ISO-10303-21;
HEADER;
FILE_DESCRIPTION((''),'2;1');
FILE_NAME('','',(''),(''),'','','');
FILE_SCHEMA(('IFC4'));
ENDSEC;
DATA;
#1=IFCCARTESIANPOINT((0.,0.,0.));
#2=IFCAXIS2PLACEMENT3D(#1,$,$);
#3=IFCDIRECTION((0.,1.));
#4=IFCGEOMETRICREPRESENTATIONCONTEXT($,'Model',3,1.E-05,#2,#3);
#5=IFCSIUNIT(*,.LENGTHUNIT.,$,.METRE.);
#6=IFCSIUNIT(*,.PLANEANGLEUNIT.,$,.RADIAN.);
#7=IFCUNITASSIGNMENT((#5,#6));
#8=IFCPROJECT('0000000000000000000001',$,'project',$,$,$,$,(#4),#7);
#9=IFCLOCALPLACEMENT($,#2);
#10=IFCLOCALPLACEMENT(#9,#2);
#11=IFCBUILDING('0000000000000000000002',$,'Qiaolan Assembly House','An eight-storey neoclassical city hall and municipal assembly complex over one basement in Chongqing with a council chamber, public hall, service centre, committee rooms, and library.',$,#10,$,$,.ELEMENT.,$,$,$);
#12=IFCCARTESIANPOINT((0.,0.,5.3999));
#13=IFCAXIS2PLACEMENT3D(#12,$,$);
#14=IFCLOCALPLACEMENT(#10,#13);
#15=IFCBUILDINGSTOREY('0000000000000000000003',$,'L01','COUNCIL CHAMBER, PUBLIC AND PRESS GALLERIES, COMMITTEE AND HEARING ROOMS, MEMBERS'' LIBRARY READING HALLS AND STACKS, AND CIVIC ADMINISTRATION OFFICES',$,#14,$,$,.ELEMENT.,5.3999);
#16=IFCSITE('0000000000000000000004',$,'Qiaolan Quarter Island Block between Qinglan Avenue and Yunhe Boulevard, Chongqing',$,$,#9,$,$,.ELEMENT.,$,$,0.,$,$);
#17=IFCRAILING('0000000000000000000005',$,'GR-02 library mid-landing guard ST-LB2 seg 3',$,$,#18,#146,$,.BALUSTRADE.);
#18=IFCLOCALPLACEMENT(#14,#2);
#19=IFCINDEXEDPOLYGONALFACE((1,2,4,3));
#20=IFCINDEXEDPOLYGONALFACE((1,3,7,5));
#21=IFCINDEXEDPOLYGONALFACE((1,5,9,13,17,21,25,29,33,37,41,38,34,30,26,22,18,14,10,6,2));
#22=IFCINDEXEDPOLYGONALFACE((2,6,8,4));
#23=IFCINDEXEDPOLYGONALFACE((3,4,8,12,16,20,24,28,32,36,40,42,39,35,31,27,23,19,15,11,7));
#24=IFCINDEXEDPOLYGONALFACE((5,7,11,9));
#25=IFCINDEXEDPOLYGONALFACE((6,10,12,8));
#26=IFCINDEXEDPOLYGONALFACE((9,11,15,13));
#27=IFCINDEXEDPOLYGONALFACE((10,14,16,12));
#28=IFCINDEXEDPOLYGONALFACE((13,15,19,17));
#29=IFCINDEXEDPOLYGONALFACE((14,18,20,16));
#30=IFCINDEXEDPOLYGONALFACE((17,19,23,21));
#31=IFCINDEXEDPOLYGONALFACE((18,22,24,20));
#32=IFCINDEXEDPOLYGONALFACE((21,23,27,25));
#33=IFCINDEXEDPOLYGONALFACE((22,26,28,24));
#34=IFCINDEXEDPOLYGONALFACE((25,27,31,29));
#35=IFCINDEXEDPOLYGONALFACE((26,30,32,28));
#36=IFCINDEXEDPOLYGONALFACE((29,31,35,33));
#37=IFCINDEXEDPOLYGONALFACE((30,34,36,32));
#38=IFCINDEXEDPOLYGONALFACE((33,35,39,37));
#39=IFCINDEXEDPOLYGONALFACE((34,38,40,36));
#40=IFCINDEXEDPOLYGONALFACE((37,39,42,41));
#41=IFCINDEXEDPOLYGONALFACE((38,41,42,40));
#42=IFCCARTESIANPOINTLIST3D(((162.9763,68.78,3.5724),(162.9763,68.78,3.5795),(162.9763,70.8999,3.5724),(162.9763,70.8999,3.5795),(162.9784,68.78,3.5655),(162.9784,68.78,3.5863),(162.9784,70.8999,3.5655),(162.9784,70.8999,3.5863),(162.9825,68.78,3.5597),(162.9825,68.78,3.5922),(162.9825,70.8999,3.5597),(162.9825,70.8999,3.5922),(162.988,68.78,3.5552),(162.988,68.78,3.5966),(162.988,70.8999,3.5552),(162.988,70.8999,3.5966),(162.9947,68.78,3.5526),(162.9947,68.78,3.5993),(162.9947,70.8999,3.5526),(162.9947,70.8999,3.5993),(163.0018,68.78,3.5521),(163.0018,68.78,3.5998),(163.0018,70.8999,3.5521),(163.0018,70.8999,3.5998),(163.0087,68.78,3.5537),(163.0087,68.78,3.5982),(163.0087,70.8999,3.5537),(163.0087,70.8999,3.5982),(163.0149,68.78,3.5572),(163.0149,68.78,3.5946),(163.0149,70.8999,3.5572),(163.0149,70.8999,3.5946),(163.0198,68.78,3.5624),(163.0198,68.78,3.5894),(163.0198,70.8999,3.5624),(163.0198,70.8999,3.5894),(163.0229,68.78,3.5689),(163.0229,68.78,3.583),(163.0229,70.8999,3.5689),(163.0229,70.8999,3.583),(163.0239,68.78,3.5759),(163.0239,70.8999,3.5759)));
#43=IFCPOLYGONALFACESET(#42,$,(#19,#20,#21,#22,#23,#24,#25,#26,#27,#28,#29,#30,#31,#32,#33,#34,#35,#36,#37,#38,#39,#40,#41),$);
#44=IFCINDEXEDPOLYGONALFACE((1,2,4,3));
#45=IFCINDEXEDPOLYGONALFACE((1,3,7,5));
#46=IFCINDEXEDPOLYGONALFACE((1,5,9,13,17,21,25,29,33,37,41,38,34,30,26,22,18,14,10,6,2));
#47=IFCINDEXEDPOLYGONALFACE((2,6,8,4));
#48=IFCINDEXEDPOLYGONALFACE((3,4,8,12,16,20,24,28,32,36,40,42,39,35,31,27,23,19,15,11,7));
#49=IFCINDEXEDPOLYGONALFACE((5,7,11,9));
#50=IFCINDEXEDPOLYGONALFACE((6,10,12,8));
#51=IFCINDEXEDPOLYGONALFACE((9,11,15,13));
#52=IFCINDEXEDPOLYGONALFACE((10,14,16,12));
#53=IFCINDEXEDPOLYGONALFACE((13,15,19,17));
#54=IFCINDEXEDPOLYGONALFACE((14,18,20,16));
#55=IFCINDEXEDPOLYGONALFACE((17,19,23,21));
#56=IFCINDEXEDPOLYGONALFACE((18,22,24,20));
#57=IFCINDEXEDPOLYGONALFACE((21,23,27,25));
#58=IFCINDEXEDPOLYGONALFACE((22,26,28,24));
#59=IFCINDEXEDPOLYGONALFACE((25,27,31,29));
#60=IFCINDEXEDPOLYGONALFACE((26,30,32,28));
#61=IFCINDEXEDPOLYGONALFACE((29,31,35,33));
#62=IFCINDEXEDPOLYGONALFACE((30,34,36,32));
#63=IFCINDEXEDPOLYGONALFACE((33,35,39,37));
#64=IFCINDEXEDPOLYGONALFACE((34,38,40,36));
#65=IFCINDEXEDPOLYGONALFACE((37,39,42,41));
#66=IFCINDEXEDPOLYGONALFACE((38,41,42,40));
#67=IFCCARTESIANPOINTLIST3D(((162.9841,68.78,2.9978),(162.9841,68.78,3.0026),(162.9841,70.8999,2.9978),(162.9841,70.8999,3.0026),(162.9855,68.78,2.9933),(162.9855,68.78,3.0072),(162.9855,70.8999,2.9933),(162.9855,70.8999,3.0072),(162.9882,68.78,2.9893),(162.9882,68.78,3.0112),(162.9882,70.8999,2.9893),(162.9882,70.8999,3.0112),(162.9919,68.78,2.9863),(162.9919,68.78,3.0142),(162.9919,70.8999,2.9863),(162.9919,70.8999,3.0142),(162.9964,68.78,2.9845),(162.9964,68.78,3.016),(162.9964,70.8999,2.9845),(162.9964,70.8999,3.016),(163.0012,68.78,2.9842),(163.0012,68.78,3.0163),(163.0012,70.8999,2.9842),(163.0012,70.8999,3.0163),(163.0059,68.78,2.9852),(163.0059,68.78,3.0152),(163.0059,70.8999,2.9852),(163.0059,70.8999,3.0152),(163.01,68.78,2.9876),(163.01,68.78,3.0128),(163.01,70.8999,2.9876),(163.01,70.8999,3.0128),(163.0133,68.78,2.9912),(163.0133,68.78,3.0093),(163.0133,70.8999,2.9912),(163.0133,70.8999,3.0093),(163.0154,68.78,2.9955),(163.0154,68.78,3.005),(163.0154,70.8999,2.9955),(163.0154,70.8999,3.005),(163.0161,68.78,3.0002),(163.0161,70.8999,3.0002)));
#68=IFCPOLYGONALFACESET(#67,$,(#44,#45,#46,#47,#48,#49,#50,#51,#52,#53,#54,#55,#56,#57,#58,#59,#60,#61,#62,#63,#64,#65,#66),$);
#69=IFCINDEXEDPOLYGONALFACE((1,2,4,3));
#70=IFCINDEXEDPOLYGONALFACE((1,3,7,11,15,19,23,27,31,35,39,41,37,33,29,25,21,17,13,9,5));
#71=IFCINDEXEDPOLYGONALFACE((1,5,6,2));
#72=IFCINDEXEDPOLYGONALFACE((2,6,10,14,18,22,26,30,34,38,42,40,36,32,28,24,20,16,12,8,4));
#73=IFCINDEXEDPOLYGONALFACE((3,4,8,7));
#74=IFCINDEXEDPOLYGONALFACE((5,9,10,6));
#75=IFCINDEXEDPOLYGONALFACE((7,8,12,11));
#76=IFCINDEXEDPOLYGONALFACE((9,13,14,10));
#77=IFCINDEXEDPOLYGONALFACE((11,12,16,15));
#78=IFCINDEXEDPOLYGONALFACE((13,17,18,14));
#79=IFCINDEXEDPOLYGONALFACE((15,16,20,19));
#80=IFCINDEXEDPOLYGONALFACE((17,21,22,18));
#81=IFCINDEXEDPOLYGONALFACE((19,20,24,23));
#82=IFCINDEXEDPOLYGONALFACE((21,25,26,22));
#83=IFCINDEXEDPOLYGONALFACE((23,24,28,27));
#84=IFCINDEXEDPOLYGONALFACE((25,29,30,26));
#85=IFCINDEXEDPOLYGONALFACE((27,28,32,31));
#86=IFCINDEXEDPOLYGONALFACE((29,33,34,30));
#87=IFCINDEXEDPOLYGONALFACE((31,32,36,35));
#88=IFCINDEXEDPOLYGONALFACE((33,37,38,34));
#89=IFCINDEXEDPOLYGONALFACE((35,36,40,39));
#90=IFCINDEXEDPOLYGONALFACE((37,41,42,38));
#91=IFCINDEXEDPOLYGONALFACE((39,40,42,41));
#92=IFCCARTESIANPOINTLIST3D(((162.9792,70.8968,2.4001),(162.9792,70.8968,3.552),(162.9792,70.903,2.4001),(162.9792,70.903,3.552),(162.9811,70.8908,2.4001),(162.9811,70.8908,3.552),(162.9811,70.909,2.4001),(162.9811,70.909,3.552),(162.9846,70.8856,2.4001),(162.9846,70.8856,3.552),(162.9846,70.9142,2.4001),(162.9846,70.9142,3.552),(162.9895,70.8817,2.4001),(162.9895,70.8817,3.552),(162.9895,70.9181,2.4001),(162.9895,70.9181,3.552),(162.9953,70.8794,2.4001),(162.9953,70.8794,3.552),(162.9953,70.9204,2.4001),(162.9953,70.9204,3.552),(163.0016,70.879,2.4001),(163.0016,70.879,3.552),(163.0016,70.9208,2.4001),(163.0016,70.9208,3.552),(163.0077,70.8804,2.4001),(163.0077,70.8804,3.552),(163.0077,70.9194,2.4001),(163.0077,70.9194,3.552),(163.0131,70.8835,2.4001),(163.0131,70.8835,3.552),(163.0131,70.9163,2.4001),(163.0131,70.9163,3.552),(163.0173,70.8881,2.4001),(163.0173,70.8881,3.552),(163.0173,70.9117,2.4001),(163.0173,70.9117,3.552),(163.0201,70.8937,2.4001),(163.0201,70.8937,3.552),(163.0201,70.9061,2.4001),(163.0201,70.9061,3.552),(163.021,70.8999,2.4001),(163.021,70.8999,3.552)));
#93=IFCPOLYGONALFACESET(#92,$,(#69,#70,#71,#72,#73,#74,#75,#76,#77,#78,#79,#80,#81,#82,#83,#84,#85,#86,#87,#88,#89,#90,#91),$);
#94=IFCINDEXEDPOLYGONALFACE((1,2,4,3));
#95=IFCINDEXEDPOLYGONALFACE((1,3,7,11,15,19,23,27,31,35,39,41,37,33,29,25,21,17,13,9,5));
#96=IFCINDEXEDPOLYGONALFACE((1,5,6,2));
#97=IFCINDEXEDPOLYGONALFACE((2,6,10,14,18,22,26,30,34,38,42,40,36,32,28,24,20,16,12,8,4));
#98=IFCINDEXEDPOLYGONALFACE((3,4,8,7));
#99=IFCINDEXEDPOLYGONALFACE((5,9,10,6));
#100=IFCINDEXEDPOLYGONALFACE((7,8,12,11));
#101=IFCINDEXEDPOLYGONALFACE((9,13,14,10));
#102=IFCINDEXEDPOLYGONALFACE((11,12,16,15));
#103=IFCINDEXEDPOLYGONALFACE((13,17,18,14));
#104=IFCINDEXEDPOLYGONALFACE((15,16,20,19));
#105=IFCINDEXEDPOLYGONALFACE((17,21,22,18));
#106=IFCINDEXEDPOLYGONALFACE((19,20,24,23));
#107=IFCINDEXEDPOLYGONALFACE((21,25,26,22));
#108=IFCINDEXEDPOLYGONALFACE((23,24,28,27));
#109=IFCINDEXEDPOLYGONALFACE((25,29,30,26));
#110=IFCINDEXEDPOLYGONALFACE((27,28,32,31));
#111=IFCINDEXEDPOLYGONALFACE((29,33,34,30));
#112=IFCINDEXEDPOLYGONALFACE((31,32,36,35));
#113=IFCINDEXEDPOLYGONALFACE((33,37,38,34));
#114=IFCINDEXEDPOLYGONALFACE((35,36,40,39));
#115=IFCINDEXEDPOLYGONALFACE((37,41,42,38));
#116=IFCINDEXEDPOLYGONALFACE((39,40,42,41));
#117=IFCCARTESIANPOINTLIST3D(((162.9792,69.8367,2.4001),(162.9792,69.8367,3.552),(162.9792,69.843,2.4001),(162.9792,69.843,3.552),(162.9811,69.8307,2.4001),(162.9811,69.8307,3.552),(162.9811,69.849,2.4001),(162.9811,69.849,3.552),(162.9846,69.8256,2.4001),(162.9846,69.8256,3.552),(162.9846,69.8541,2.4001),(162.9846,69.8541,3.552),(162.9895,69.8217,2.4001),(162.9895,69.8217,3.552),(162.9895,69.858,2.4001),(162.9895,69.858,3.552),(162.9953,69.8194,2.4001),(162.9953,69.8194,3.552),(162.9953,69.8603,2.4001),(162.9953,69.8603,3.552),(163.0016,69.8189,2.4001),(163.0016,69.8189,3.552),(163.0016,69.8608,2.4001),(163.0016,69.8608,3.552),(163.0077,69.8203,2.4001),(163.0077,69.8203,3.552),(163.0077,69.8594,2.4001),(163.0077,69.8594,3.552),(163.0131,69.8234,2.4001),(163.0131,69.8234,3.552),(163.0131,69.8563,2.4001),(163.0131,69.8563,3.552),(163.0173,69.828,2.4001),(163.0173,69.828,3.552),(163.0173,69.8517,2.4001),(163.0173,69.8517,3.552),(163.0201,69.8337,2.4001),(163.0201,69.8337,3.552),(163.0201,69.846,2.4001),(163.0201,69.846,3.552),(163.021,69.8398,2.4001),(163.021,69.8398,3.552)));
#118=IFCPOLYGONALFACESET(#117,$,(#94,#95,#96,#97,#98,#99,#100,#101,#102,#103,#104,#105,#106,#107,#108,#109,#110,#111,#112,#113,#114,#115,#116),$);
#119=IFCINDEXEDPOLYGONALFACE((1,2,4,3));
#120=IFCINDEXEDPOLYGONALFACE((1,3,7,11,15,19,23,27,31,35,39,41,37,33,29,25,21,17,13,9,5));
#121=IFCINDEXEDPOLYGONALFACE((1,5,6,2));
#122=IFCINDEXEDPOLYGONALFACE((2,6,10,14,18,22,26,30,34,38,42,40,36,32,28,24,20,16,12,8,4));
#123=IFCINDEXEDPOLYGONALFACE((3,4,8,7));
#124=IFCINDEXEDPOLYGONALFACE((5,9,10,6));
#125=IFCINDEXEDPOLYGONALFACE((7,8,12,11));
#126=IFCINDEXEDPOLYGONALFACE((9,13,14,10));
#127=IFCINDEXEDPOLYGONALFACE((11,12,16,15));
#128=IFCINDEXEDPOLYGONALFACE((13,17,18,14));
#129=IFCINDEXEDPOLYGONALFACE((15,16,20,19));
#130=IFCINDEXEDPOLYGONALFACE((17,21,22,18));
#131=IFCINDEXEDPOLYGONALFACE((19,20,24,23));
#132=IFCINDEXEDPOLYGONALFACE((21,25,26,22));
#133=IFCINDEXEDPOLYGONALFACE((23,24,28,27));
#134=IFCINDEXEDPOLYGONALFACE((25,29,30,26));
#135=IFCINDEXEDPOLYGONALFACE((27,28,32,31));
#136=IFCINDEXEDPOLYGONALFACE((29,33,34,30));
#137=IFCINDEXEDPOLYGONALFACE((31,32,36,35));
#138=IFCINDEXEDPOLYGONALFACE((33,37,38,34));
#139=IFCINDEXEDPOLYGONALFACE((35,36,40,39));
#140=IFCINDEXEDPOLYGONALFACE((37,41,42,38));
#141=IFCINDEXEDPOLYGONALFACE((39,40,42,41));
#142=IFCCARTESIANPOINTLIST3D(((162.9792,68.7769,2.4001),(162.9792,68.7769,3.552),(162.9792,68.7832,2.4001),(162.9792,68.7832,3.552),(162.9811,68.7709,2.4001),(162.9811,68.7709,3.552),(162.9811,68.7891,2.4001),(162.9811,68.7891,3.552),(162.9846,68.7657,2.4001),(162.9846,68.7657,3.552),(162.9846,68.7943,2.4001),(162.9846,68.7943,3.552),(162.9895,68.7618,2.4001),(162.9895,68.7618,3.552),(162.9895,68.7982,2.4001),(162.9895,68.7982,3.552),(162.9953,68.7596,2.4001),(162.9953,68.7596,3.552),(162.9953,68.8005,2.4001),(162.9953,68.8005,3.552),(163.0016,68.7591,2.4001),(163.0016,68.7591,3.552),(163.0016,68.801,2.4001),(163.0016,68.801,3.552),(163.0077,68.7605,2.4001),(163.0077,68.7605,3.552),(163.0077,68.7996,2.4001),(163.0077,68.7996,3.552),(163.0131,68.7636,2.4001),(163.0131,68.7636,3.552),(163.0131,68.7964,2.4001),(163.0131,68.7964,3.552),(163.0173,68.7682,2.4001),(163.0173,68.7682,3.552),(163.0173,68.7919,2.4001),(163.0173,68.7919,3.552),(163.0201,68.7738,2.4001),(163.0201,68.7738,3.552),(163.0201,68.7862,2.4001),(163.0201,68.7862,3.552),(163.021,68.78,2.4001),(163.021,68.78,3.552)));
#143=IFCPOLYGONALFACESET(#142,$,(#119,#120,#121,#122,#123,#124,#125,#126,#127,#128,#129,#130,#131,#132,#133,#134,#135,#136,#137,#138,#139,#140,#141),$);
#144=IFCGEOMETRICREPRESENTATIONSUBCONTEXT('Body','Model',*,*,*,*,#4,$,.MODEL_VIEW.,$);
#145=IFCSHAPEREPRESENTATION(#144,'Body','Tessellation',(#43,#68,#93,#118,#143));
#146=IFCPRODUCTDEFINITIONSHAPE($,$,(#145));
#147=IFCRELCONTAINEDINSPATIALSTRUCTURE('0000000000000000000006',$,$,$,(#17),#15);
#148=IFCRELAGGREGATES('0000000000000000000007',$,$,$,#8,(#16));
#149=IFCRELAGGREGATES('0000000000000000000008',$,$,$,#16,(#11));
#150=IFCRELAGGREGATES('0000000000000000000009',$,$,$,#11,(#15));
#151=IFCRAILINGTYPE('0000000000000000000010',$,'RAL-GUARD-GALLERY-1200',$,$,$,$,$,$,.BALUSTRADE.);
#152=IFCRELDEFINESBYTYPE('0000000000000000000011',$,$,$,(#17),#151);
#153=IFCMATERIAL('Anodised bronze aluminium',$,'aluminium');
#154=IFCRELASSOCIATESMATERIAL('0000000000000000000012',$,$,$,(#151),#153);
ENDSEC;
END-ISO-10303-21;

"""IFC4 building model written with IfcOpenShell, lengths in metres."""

from ifc_helpers import new_model, si_unit, direction, frame, origin, origin_2d, place, context, subcontext, project, spatial, circle, extrude, material, type_object, element, save


model = new_model("IFC4")

# Units and contexts
model_context = context("Model", 3, precision=1e-05, world=origin(), true_north=direction((0.0, 1.0)))
body_context = subcontext(model_context, "Body", "Model", "MODEL_VIEW")
ifc_project = project(units=[si_unit("LENGTHUNIT", "METRE"), si_unit("PLANEANGLEUNIT", "RADIAN")], contexts=[model_context])

# Site, building, storey
site_placement = place(None, origin())
site = spatial("IfcSite", under=ifc_project, at=site_placement, Name="Qiaolan Quarter Island Block between Qinglan Avenue and Yunhe Boulevard, Chongqing", CompositionType="ELEMENT", RefElevation=0.0)
building_placement = place(site_placement, origin())
building = spatial("IfcBuilding", under=site, at=building_placement, Name="Qiaolan Assembly House", Description="An eight-storey neoclassical city hall and municipal assembly complex over one basement in Chongqing with a council chamber, public hall, service centre, committee rooms, and library.", CompositionType="ELEMENT")
storey_placement = place(building_placement, frame((0.0, 0.0, 5.3999)))
storey = spatial("IfcBuildingStorey", under=building, at=storey_placement, Name="L01", Description="COUNCIL CHAMBER, PUBLIC AND PRESS GALLERIES, COMMITTEE AND HEARING ROOMS, MEMBERS' LIBRARY READING HALLS AND STACKS, AND CIVIC ADMINISTRATION OFFICES", CompositionType="ELEMENT", Elevation=5.3999)

# Railing
ifc_material_1 = material(Name="Anodised bronze aluminium", Category="aluminium")
railing_type = type_object("IfcRailingType", Name="RAL-GUARD-GALLERY-1200", PredefinedType="BALUSTRADE", material=ifc_material_1)
railing_1_placement = place(storey_placement, frame((163.0, 70.8999, 2.4001)))
element("IfcRailing", 1, at=railing_1_placement, inside=storey, type_object=railing_type, Name="GR-02 library mid-landing guard ST-LB2 seg 3", PredefinedType="BALUSTRADE", context=body_context, shape_type="SweptSolid", body=[
    extrude(circle(Radius=0.0239, at=origin_2d()), frame((0.0, 0.0, 1.1758), z_axis=(0.0, -1.0, 0.0), x_axis=(1.0, 0.0, 0.0)), (0.0, 0.0, 1.0), 2.1199),
    extrude(circle(Radius=0.0161, at=origin_2d()), frame((0.0, 0.0, 0.6001), z_axis=(0.0, -1.0, 0.0), x_axis=(1.0, 0.0, 0.0)), (0.0, 0.0, 1.0), 2.1199),
    extrude(circle(Radius=0.021, at=origin_2d()), origin(), (0.0, 0.0, 1.0), 1.1519),
    extrude(circle(Radius=0.021, at=origin_2d()), frame((0.0, -1.0601, 0.0)), (0.0, 0.0, 1.0), 1.1519),
    extrude(circle(Radius=0.021, at=origin_2d()), frame((0.0, -2.1199, 0.0)), (0.0, 0.0, 1.0), 1.1519),
])

save(model, "model.ifc")
